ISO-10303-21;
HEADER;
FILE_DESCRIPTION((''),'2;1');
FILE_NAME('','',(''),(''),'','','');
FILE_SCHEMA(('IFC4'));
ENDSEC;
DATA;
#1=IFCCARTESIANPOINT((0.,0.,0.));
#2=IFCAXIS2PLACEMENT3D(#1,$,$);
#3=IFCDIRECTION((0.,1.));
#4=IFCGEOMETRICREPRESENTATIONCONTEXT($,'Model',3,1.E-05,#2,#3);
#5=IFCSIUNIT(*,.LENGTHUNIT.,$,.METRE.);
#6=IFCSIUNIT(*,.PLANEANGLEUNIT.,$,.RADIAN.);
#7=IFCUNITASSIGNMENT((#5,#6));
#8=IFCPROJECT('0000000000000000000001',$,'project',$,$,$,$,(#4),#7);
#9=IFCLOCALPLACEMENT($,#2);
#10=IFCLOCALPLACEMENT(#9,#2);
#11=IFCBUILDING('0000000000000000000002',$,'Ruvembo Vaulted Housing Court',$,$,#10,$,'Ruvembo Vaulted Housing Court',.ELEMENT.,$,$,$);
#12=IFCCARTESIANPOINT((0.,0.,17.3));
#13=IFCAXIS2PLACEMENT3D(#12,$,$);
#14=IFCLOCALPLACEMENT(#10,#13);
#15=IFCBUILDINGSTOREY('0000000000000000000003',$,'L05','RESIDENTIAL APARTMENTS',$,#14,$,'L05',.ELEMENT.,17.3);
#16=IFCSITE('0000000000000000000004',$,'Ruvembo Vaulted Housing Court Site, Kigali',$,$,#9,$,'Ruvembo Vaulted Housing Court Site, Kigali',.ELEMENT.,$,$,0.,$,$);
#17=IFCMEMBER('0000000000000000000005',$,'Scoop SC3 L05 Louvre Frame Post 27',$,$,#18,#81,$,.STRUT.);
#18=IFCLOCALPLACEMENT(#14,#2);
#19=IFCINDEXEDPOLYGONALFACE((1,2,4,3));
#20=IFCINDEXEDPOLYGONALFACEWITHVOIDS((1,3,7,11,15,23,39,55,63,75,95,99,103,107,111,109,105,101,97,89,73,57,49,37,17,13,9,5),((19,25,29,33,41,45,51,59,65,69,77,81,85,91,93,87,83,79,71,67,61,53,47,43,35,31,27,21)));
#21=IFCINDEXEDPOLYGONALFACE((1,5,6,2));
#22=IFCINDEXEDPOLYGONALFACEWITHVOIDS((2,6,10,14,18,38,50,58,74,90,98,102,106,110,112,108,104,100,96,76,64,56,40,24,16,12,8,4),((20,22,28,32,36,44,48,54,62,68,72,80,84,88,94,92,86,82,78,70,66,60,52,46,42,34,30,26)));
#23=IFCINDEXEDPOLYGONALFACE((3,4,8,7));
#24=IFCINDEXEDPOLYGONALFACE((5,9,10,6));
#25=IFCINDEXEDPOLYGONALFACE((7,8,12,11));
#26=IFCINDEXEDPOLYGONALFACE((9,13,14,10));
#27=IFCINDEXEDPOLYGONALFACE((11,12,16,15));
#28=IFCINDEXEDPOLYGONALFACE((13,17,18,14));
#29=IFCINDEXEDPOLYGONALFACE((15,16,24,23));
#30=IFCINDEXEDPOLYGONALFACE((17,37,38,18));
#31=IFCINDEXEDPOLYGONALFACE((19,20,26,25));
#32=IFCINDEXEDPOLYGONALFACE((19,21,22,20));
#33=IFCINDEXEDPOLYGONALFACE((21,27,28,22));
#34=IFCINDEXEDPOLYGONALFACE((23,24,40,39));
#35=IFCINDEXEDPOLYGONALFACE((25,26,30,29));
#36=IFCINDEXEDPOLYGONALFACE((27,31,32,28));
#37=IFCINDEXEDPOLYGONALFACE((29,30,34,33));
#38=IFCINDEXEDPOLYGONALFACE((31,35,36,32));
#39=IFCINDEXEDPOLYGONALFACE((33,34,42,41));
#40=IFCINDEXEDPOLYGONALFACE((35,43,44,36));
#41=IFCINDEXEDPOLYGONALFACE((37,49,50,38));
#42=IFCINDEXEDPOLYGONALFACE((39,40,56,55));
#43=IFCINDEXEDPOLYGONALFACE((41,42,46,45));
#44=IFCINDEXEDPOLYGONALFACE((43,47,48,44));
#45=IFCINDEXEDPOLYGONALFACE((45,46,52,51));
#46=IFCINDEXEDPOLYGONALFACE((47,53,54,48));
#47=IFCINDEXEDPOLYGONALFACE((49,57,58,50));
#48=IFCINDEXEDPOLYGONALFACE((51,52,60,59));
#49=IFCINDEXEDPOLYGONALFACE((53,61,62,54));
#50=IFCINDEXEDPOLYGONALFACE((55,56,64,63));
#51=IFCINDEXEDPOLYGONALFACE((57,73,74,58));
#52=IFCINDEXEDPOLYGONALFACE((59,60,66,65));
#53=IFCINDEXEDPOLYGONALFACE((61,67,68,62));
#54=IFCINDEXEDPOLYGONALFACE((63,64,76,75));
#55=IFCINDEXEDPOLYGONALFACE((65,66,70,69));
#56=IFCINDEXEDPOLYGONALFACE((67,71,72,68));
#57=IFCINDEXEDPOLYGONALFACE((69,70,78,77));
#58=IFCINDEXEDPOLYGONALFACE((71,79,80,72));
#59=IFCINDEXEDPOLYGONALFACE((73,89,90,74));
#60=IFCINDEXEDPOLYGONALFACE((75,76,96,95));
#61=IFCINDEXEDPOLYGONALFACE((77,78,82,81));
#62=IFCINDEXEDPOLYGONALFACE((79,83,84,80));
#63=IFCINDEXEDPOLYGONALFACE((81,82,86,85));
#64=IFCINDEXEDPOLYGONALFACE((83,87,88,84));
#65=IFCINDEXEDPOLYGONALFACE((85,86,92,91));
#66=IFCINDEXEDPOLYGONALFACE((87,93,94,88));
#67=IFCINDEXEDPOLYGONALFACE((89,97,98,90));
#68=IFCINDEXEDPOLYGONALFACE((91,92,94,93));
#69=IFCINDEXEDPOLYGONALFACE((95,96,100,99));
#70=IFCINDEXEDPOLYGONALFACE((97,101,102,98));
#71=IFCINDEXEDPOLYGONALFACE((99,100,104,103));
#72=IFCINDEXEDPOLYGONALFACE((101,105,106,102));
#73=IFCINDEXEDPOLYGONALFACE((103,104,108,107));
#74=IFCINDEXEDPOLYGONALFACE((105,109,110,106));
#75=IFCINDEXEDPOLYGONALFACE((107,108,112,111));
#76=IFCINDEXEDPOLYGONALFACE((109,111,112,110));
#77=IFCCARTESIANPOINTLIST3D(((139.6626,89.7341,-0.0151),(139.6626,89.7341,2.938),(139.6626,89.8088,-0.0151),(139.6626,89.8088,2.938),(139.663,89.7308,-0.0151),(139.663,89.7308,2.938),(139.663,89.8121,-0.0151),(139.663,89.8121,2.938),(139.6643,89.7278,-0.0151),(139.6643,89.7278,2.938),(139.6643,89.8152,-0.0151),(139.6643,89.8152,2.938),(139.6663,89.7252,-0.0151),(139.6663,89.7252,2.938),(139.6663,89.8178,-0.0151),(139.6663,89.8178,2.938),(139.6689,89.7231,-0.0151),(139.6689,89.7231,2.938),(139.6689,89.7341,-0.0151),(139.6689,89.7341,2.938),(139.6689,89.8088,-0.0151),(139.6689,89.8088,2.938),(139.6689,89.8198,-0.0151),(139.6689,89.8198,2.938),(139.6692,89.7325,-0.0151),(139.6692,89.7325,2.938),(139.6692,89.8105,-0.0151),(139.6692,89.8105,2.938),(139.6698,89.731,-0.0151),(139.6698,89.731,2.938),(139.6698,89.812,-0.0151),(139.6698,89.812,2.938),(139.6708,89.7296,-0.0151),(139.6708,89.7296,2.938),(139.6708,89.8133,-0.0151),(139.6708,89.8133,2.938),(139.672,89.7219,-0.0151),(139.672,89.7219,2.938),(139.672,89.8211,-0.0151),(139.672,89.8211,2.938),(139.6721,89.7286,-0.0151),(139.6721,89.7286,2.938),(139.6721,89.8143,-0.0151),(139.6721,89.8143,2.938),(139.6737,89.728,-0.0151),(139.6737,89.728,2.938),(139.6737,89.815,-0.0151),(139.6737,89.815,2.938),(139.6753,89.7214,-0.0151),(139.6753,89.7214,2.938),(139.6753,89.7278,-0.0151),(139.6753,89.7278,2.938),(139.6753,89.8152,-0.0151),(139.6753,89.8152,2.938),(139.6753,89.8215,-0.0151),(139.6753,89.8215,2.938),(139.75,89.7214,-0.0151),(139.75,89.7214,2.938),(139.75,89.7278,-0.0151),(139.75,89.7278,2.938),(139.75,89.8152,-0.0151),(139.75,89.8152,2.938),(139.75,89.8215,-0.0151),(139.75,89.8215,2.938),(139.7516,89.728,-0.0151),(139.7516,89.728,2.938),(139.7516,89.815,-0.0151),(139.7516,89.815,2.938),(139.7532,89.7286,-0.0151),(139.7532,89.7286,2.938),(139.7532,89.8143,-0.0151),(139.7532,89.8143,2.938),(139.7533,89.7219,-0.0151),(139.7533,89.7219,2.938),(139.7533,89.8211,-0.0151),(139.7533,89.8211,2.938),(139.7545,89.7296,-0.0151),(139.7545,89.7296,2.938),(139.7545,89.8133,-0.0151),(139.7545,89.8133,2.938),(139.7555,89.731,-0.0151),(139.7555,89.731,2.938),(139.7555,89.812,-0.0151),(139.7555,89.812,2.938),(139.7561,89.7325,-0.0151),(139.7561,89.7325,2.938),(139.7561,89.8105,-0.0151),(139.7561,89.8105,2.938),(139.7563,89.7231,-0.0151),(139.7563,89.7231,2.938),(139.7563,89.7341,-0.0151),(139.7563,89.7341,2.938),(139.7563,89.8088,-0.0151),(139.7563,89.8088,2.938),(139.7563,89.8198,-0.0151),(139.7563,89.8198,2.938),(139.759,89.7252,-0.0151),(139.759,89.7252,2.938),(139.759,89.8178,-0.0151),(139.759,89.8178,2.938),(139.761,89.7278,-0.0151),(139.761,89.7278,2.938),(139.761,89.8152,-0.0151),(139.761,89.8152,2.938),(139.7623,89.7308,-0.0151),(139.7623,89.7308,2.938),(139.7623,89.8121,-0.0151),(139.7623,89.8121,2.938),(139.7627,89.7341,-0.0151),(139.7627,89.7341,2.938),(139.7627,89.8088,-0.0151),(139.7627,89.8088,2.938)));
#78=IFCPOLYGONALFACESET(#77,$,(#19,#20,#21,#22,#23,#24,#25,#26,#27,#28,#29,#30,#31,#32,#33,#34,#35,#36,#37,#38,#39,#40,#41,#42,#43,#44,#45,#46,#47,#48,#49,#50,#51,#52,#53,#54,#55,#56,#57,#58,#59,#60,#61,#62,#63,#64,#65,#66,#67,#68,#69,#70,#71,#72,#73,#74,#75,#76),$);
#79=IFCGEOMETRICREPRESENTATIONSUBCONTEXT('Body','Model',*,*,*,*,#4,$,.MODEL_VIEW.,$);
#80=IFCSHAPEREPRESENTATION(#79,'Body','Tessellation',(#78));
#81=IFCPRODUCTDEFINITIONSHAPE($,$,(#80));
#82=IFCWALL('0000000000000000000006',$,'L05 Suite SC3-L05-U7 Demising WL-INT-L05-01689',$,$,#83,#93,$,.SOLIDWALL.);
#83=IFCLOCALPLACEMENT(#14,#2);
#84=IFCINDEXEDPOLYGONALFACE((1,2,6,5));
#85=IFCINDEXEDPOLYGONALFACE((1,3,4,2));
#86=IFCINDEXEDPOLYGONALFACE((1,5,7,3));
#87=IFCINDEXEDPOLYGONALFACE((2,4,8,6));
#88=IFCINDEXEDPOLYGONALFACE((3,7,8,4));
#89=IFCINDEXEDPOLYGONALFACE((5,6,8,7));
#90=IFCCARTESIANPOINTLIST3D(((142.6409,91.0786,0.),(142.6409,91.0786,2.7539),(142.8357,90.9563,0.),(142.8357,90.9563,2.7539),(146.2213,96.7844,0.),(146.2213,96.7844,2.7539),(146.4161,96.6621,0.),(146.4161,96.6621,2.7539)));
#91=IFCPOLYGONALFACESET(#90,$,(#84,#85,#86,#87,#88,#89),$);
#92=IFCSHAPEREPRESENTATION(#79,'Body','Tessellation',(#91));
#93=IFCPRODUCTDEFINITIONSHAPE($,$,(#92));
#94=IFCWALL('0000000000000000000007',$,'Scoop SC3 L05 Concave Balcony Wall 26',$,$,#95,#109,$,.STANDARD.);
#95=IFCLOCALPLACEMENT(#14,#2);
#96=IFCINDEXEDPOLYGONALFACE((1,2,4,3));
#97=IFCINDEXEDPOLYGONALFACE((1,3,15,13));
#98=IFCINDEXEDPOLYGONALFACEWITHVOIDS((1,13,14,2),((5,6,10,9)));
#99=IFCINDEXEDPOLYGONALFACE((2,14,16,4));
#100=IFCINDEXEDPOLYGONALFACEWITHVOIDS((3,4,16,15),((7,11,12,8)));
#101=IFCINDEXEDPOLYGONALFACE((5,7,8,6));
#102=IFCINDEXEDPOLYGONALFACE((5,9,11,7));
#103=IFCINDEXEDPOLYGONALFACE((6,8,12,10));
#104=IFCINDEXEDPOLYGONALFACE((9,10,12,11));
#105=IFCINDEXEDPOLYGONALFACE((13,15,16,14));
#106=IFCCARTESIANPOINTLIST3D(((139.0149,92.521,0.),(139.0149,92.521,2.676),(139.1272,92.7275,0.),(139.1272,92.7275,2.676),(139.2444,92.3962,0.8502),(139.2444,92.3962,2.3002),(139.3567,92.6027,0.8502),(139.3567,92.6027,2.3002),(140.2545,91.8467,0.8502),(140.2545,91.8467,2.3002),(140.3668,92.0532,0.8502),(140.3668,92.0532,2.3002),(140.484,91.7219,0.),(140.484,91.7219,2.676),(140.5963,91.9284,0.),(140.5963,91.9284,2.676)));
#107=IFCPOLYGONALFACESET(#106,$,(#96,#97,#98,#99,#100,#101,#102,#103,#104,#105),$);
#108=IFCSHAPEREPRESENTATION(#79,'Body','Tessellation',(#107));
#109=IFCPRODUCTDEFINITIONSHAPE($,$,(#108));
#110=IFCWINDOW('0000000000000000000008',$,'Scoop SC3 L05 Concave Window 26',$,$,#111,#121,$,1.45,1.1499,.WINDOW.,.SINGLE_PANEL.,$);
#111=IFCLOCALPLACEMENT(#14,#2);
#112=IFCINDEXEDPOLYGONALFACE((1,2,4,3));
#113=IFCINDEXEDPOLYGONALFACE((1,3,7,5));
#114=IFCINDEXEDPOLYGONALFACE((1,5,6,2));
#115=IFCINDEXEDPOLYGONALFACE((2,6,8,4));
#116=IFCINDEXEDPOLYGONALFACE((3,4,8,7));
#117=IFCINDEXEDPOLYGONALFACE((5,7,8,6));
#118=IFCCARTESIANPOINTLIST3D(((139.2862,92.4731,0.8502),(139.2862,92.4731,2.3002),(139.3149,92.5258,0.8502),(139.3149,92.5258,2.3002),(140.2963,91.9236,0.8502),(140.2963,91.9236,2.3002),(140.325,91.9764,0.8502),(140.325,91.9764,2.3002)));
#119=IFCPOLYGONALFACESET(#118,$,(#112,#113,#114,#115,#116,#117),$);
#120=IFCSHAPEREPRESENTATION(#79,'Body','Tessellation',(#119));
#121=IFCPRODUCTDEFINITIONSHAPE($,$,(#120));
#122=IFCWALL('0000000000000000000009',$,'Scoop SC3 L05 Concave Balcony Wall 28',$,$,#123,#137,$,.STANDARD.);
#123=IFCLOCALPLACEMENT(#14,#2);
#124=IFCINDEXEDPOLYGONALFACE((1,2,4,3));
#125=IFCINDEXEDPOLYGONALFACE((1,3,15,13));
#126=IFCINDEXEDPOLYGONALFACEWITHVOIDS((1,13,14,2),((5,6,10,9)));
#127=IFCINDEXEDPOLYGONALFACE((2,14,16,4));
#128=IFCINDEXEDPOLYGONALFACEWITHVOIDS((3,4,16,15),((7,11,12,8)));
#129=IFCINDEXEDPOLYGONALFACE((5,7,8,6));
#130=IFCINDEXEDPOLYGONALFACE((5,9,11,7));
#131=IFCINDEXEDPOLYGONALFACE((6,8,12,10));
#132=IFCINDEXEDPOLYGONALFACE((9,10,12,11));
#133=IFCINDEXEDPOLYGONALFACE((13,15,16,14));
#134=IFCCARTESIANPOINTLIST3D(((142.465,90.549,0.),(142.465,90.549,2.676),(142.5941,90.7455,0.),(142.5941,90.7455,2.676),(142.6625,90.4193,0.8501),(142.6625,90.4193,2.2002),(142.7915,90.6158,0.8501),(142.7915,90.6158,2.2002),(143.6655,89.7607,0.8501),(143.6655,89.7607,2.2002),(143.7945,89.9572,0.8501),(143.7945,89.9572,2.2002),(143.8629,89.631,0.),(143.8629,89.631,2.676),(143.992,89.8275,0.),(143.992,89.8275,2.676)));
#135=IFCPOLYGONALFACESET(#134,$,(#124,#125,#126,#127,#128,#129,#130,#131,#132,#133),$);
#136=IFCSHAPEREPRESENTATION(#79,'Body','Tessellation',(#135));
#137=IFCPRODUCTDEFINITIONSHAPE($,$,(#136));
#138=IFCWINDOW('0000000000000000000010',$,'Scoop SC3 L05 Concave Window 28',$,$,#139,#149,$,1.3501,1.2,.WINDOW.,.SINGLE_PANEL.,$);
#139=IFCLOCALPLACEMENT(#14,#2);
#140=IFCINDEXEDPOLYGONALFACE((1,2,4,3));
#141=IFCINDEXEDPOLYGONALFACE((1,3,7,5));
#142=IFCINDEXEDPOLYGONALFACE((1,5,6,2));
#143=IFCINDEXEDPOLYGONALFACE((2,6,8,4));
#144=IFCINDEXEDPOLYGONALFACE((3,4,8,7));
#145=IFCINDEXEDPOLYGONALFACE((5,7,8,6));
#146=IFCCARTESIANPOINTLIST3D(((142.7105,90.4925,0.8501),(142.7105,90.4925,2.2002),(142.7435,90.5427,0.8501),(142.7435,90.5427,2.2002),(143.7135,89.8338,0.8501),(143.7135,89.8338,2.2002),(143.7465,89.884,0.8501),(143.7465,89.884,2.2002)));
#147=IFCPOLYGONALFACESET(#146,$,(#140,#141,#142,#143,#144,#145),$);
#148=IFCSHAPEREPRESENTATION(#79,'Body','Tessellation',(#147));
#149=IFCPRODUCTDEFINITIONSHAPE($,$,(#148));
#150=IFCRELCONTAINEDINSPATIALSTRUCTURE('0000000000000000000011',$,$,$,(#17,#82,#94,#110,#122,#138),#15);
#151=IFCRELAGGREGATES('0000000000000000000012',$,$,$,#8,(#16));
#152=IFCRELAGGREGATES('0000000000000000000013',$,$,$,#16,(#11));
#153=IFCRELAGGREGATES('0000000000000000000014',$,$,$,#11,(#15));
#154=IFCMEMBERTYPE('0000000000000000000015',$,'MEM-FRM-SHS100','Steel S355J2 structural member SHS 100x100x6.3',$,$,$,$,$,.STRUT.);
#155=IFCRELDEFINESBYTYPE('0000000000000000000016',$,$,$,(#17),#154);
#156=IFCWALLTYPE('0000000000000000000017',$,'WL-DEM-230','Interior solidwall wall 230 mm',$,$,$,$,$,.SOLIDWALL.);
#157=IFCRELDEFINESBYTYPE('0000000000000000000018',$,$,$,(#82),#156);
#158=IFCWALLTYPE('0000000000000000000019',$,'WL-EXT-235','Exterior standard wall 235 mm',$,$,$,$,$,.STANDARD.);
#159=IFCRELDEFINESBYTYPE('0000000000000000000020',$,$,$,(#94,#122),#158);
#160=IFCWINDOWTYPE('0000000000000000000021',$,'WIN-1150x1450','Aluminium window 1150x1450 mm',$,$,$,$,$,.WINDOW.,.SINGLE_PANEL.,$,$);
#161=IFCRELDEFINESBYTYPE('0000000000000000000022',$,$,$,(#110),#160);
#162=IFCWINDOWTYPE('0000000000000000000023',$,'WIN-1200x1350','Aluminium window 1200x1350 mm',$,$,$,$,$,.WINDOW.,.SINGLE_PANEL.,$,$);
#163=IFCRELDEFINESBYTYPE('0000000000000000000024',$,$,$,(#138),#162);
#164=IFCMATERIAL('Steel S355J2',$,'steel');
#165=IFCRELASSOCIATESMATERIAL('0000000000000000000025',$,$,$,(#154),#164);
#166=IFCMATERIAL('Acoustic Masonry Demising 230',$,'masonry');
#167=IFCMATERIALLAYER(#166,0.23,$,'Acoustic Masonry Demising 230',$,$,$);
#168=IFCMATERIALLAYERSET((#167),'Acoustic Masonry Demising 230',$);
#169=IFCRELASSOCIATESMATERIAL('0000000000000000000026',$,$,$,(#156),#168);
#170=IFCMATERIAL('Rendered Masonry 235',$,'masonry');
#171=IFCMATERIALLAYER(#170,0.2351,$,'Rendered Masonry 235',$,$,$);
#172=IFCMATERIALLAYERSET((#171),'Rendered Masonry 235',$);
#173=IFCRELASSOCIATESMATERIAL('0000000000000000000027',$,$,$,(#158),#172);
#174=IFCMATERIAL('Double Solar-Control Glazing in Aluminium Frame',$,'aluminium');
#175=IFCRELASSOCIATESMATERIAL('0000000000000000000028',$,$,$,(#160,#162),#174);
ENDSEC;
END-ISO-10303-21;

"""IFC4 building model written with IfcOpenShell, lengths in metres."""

from ifc_helpers import new_model, si_unit, direction, frame, frame_2d, origin, origin_2d, place, context, subcontext, project, spatial, rectangle, hollow_rectangle, extrude, material, layer, layer_set, material_profile, profile_set, type_object, element, fill, save


model = new_model("IFC4")

# Units and contexts
model_context = context("Model", 3, precision=1e-05, world=origin(), true_north=direction((0.0, 1.0)))
body_context = subcontext(model_context, "Body", "Model", "MODEL_VIEW")
ifc_project = project(units=[si_unit("LENGTHUNIT", "METRE"), si_unit("PLANEANGLEUNIT", "RADIAN")], contexts=[model_context])

# Site, building, storey
site_placement = place(None, origin())
site = spatial("IfcSite", under=ifc_project, at=site_placement, Name="Ruvembo Vaulted Housing Court Site, Kigali", LongName="Ruvembo Vaulted Housing Court Site, Kigali", CompositionType="ELEMENT", RefElevation=0.0)
building_placement = place(site_placement, origin())
building = spatial("IfcBuilding", under=site, at=building_placement, Name="Ruvembo Vaulted Housing Court", LongName="Ruvembo Vaulted Housing Court", CompositionType="ELEMENT")
storey_placement = place(building_placement, frame((0.0, 0.0, 17.3)))
storey = spatial("IfcBuildingStorey", under=building, at=storey_placement, Name="L05", Description="RESIDENTIAL APARTMENTS", LongName="L05", CompositionType="ELEMENT", Elevation=17.3)

# Shared definitions
ifc_material_1 = material(Name="Steel S355J2", Category="steel")

# Member
ifc_material_profile_1 = material_profile(ifc_material_1, hollow_rectangle(XDim=0.1001, YDim=0.1001, WallThickness=0.0063, InnerFilletRadius=0.0063, OuterFilletRadius=0.0127, at=origin_2d()), Name="SHS 100x100x6.3")
ifc_profile_set_1 = profile_set([ifc_material_profile_1], Name="Steel S355J2")
member_type_1 = type_object("IfcMemberType", Name="MEM-FRM-SHS100", Description="Steel S355J2 structural member SHS 100x100x6.3", PredefinedType="STRUT", material=ifc_profile_set_1)
member_1_placement = place(storey_placement, frame((139.7126, 89.7715, -0.0151), z_axis=(0.0, 0.0, 1.0), x_axis=(1.0, 0.0, 0.0)))
element("IfcMember", 1, at=member_1_placement, inside=storey, type_object=member_type_1, Name="Scoop SC3 L05 Louvre Frame Post 27", PredefinedType="STRUT", context=body_context, shape_type="SweptSolid", body=[
    extrude(hollow_rectangle(XDim=0.1001, YDim=0.1001, WallThickness=0.0063, InnerFilletRadius=0.0063, OuterFilletRadius=0.0127, at=origin_2d()), origin(), (0.0, 0.0, 1.0), 2.9531),
])

# Wall
ifc_material_2 = material(Name="Acoustic Masonry Demising 230", Category="masonry")
ifc_layer_1 = layer(ifc_material_2, 0.23, Name="Acoustic Masonry Demising 230")
ifc_layer_set_1 = layer_set([ifc_layer_1], Name="Acoustic Masonry Demising 230")
wall_type_1 = type_object("IfcWallType", Name="WL-DEM-230", Description="Interior solidwall wall 230 mm", PredefinedType="SOLIDWALL", material=ifc_layer_set_1)
wall_1_placement = place(storey_placement, frame((142.7383, 91.0173, 0.0), z_axis=(0.0, 0.0, 1.0), x_axis=(0.531513, 0.84705, 0.0)))
element("IfcWall", 2, at=wall_1_placement, inside=storey, type_object=wall_type_1, Name="L05 Suite SC3-L05-U7 Demising WL-INT-L05-01689", PredefinedType="SOLIDWALL", context=body_context, shape_type="SweptSolid", body=[
    extrude(rectangle(XDim=6.7361, YDim=0.23, at=frame_2d((3.3682, 0.0))), origin(), (0.0, 0.0, 1.0), 2.7539),
])

# Wall, opening, window
ifc_material_3 = material(Name="Rendered Masonry 235", Category="masonry")
ifc_layer_2 = layer(ifc_material_3, 0.2351, Name="Rendered Masonry 235")
ifc_layer_set_2 = layer_set([ifc_layer_2], Name="Rendered Masonry 235")
wall_type_2 = type_object("IfcWallType", Name="WL-EXT-235", Description="Exterior standard wall 235 mm", PredefinedType="STANDARD", material=ifc_layer_set_2)
wall_2_placement = place(storey_placement, frame((139.071, 92.6243, 0.0), z_axis=(0.0, 0.0, 1.0), x_axis=(0.878447, -0.477839, 0.0)))
wall_2 = element("IfcWall", 3, at=wall_2_placement, inside=storey, type_object=wall_type_2, Name="Scoop SC3 L05 Concave Balcony Wall 26", PredefinedType="STANDARD", context=body_context, shape_type="SweptSolid", body=[
    extrude(rectangle(XDim=1.6724, YDim=0.2351, at=frame_2d((0.8362, 0.0))), origin(), (0.0, 0.0, 1.0), 2.676),
])
opening_1_placement = place(wall_2_placement, frame((0.2612, 0.0, 0.8501)))
opening_1 = element("IfcOpeningElement", 4, at=opening_1_placement, cuts=wall_2, PredefinedType="OPENING", context=body_context, shape_type="SweptSolid", body=[
    extrude(rectangle(XDim=1.1499, YDim=1.45, at=frame_2d((0.575, 0.7251))), frame((0.0, 0.1274, 0.0), z_axis=(0.0, -1.0, 0.0), x_axis=(1.0, 0.0, 0.0)), (0.0, 0.0, 1.0), 0.2551),
])
ifc_material_4 = material(Name="Double Solar-Control Glazing in Aluminium Frame", Category="aluminium")
window_type_1 = type_object("IfcWindowType", Name="WIN-1150x1450", Description="Aluminium window 1150x1450 mm", PartitioningType="SINGLE_PANEL", PredefinedType="WINDOW", material=ifc_material_4)
window_1_placement = place(opening_1_placement, origin())
window_1 = element("IfcWindow", 5, at=window_1_placement, inside=storey, type_object=window_type_1, Name="Scoop SC3 L05 Concave Window 26", OverallHeight=1.45, OverallWidth=1.1499, PartitioningType="SINGLE_PANEL", PredefinedType="WINDOW", context=body_context, shape_type="SweptSolid", body=[
    extrude(rectangle(XDim=1.1499, YDim=1.45, at=frame_2d((0.575, 0.7251))), frame((0.0, 0.03, 0.0), z_axis=(0.0, -1.0, 0.0), x_axis=(1.0, 0.0, 0.0)), (0.0, 0.0, 1.0), 0.0601),
])
fill(opening_1, window_1)

# Wall, opening, window
wall_3_placement = place(storey_placement, frame((142.5295, 90.6472, 0.0), z_axis=(0.0, 0.0, 1.0), x_axis=(0.835893, -0.548892, 0.0)))
wall_3 = element("IfcWall", 6, at=wall_3_placement, inside=storey, type_object=wall_type_2, Name="Scoop SC3 L05 Concave Balcony Wall 28", PredefinedType="STANDARD", context=body_context, shape_type="SweptSolid", body=[
    extrude(rectangle(XDim=1.6724, YDim=0.2351, at=frame_2d((0.8362, 0.0))), origin(), (0.0, 0.0, 1.0), 2.676),
])
opening_2_placement = place(wall_3_placement, frame((0.2361, 0.0, 0.8501)))
opening_2 = element("IfcOpeningElement", 7, at=opening_2_placement, cuts=wall_3, PredefinedType="OPENING", context=body_context, shape_type="SweptSolid", body=[
    extrude(rectangle(XDim=1.2, YDim=1.3501, at=frame_2d((0.6001, 0.675))), frame((0.0, 0.1274, 0.0), z_axis=(0.0, -1.0, 0.0), x_axis=(1.0, 0.0, 0.0)), (0.0, 0.0, 1.0), 0.2551),
])
window_type_2 = type_object("IfcWindowType", Name="WIN-1200x1350", Description="Aluminium window 1200x1350 mm", PartitioningType="SINGLE_PANEL", PredefinedType="WINDOW", material=ifc_material_4)
window_2_placement = place(opening_2_placement, origin())
window_2 = element("IfcWindow", 8, at=window_2_placement, inside=storey, type_object=window_type_2, Name="Scoop SC3 L05 Concave Window 28", OverallHeight=1.3501, OverallWidth=1.2, PartitioningType="SINGLE_PANEL", PredefinedType="WINDOW", context=body_context, shape_type="SweptSolid", body=[
    extrude(rectangle(XDim=1.2, YDim=1.3501, at=frame_2d((0.6001, 0.675))), frame((0.0, 0.03, 0.0), z_axis=(0.0, -1.0, 0.0), x_axis=(1.0, 0.0, 0.0)), (0.0, 0.0, 1.0), 0.0601),
])
fill(opening_2, window_2)

save(model, "model.ifc")
